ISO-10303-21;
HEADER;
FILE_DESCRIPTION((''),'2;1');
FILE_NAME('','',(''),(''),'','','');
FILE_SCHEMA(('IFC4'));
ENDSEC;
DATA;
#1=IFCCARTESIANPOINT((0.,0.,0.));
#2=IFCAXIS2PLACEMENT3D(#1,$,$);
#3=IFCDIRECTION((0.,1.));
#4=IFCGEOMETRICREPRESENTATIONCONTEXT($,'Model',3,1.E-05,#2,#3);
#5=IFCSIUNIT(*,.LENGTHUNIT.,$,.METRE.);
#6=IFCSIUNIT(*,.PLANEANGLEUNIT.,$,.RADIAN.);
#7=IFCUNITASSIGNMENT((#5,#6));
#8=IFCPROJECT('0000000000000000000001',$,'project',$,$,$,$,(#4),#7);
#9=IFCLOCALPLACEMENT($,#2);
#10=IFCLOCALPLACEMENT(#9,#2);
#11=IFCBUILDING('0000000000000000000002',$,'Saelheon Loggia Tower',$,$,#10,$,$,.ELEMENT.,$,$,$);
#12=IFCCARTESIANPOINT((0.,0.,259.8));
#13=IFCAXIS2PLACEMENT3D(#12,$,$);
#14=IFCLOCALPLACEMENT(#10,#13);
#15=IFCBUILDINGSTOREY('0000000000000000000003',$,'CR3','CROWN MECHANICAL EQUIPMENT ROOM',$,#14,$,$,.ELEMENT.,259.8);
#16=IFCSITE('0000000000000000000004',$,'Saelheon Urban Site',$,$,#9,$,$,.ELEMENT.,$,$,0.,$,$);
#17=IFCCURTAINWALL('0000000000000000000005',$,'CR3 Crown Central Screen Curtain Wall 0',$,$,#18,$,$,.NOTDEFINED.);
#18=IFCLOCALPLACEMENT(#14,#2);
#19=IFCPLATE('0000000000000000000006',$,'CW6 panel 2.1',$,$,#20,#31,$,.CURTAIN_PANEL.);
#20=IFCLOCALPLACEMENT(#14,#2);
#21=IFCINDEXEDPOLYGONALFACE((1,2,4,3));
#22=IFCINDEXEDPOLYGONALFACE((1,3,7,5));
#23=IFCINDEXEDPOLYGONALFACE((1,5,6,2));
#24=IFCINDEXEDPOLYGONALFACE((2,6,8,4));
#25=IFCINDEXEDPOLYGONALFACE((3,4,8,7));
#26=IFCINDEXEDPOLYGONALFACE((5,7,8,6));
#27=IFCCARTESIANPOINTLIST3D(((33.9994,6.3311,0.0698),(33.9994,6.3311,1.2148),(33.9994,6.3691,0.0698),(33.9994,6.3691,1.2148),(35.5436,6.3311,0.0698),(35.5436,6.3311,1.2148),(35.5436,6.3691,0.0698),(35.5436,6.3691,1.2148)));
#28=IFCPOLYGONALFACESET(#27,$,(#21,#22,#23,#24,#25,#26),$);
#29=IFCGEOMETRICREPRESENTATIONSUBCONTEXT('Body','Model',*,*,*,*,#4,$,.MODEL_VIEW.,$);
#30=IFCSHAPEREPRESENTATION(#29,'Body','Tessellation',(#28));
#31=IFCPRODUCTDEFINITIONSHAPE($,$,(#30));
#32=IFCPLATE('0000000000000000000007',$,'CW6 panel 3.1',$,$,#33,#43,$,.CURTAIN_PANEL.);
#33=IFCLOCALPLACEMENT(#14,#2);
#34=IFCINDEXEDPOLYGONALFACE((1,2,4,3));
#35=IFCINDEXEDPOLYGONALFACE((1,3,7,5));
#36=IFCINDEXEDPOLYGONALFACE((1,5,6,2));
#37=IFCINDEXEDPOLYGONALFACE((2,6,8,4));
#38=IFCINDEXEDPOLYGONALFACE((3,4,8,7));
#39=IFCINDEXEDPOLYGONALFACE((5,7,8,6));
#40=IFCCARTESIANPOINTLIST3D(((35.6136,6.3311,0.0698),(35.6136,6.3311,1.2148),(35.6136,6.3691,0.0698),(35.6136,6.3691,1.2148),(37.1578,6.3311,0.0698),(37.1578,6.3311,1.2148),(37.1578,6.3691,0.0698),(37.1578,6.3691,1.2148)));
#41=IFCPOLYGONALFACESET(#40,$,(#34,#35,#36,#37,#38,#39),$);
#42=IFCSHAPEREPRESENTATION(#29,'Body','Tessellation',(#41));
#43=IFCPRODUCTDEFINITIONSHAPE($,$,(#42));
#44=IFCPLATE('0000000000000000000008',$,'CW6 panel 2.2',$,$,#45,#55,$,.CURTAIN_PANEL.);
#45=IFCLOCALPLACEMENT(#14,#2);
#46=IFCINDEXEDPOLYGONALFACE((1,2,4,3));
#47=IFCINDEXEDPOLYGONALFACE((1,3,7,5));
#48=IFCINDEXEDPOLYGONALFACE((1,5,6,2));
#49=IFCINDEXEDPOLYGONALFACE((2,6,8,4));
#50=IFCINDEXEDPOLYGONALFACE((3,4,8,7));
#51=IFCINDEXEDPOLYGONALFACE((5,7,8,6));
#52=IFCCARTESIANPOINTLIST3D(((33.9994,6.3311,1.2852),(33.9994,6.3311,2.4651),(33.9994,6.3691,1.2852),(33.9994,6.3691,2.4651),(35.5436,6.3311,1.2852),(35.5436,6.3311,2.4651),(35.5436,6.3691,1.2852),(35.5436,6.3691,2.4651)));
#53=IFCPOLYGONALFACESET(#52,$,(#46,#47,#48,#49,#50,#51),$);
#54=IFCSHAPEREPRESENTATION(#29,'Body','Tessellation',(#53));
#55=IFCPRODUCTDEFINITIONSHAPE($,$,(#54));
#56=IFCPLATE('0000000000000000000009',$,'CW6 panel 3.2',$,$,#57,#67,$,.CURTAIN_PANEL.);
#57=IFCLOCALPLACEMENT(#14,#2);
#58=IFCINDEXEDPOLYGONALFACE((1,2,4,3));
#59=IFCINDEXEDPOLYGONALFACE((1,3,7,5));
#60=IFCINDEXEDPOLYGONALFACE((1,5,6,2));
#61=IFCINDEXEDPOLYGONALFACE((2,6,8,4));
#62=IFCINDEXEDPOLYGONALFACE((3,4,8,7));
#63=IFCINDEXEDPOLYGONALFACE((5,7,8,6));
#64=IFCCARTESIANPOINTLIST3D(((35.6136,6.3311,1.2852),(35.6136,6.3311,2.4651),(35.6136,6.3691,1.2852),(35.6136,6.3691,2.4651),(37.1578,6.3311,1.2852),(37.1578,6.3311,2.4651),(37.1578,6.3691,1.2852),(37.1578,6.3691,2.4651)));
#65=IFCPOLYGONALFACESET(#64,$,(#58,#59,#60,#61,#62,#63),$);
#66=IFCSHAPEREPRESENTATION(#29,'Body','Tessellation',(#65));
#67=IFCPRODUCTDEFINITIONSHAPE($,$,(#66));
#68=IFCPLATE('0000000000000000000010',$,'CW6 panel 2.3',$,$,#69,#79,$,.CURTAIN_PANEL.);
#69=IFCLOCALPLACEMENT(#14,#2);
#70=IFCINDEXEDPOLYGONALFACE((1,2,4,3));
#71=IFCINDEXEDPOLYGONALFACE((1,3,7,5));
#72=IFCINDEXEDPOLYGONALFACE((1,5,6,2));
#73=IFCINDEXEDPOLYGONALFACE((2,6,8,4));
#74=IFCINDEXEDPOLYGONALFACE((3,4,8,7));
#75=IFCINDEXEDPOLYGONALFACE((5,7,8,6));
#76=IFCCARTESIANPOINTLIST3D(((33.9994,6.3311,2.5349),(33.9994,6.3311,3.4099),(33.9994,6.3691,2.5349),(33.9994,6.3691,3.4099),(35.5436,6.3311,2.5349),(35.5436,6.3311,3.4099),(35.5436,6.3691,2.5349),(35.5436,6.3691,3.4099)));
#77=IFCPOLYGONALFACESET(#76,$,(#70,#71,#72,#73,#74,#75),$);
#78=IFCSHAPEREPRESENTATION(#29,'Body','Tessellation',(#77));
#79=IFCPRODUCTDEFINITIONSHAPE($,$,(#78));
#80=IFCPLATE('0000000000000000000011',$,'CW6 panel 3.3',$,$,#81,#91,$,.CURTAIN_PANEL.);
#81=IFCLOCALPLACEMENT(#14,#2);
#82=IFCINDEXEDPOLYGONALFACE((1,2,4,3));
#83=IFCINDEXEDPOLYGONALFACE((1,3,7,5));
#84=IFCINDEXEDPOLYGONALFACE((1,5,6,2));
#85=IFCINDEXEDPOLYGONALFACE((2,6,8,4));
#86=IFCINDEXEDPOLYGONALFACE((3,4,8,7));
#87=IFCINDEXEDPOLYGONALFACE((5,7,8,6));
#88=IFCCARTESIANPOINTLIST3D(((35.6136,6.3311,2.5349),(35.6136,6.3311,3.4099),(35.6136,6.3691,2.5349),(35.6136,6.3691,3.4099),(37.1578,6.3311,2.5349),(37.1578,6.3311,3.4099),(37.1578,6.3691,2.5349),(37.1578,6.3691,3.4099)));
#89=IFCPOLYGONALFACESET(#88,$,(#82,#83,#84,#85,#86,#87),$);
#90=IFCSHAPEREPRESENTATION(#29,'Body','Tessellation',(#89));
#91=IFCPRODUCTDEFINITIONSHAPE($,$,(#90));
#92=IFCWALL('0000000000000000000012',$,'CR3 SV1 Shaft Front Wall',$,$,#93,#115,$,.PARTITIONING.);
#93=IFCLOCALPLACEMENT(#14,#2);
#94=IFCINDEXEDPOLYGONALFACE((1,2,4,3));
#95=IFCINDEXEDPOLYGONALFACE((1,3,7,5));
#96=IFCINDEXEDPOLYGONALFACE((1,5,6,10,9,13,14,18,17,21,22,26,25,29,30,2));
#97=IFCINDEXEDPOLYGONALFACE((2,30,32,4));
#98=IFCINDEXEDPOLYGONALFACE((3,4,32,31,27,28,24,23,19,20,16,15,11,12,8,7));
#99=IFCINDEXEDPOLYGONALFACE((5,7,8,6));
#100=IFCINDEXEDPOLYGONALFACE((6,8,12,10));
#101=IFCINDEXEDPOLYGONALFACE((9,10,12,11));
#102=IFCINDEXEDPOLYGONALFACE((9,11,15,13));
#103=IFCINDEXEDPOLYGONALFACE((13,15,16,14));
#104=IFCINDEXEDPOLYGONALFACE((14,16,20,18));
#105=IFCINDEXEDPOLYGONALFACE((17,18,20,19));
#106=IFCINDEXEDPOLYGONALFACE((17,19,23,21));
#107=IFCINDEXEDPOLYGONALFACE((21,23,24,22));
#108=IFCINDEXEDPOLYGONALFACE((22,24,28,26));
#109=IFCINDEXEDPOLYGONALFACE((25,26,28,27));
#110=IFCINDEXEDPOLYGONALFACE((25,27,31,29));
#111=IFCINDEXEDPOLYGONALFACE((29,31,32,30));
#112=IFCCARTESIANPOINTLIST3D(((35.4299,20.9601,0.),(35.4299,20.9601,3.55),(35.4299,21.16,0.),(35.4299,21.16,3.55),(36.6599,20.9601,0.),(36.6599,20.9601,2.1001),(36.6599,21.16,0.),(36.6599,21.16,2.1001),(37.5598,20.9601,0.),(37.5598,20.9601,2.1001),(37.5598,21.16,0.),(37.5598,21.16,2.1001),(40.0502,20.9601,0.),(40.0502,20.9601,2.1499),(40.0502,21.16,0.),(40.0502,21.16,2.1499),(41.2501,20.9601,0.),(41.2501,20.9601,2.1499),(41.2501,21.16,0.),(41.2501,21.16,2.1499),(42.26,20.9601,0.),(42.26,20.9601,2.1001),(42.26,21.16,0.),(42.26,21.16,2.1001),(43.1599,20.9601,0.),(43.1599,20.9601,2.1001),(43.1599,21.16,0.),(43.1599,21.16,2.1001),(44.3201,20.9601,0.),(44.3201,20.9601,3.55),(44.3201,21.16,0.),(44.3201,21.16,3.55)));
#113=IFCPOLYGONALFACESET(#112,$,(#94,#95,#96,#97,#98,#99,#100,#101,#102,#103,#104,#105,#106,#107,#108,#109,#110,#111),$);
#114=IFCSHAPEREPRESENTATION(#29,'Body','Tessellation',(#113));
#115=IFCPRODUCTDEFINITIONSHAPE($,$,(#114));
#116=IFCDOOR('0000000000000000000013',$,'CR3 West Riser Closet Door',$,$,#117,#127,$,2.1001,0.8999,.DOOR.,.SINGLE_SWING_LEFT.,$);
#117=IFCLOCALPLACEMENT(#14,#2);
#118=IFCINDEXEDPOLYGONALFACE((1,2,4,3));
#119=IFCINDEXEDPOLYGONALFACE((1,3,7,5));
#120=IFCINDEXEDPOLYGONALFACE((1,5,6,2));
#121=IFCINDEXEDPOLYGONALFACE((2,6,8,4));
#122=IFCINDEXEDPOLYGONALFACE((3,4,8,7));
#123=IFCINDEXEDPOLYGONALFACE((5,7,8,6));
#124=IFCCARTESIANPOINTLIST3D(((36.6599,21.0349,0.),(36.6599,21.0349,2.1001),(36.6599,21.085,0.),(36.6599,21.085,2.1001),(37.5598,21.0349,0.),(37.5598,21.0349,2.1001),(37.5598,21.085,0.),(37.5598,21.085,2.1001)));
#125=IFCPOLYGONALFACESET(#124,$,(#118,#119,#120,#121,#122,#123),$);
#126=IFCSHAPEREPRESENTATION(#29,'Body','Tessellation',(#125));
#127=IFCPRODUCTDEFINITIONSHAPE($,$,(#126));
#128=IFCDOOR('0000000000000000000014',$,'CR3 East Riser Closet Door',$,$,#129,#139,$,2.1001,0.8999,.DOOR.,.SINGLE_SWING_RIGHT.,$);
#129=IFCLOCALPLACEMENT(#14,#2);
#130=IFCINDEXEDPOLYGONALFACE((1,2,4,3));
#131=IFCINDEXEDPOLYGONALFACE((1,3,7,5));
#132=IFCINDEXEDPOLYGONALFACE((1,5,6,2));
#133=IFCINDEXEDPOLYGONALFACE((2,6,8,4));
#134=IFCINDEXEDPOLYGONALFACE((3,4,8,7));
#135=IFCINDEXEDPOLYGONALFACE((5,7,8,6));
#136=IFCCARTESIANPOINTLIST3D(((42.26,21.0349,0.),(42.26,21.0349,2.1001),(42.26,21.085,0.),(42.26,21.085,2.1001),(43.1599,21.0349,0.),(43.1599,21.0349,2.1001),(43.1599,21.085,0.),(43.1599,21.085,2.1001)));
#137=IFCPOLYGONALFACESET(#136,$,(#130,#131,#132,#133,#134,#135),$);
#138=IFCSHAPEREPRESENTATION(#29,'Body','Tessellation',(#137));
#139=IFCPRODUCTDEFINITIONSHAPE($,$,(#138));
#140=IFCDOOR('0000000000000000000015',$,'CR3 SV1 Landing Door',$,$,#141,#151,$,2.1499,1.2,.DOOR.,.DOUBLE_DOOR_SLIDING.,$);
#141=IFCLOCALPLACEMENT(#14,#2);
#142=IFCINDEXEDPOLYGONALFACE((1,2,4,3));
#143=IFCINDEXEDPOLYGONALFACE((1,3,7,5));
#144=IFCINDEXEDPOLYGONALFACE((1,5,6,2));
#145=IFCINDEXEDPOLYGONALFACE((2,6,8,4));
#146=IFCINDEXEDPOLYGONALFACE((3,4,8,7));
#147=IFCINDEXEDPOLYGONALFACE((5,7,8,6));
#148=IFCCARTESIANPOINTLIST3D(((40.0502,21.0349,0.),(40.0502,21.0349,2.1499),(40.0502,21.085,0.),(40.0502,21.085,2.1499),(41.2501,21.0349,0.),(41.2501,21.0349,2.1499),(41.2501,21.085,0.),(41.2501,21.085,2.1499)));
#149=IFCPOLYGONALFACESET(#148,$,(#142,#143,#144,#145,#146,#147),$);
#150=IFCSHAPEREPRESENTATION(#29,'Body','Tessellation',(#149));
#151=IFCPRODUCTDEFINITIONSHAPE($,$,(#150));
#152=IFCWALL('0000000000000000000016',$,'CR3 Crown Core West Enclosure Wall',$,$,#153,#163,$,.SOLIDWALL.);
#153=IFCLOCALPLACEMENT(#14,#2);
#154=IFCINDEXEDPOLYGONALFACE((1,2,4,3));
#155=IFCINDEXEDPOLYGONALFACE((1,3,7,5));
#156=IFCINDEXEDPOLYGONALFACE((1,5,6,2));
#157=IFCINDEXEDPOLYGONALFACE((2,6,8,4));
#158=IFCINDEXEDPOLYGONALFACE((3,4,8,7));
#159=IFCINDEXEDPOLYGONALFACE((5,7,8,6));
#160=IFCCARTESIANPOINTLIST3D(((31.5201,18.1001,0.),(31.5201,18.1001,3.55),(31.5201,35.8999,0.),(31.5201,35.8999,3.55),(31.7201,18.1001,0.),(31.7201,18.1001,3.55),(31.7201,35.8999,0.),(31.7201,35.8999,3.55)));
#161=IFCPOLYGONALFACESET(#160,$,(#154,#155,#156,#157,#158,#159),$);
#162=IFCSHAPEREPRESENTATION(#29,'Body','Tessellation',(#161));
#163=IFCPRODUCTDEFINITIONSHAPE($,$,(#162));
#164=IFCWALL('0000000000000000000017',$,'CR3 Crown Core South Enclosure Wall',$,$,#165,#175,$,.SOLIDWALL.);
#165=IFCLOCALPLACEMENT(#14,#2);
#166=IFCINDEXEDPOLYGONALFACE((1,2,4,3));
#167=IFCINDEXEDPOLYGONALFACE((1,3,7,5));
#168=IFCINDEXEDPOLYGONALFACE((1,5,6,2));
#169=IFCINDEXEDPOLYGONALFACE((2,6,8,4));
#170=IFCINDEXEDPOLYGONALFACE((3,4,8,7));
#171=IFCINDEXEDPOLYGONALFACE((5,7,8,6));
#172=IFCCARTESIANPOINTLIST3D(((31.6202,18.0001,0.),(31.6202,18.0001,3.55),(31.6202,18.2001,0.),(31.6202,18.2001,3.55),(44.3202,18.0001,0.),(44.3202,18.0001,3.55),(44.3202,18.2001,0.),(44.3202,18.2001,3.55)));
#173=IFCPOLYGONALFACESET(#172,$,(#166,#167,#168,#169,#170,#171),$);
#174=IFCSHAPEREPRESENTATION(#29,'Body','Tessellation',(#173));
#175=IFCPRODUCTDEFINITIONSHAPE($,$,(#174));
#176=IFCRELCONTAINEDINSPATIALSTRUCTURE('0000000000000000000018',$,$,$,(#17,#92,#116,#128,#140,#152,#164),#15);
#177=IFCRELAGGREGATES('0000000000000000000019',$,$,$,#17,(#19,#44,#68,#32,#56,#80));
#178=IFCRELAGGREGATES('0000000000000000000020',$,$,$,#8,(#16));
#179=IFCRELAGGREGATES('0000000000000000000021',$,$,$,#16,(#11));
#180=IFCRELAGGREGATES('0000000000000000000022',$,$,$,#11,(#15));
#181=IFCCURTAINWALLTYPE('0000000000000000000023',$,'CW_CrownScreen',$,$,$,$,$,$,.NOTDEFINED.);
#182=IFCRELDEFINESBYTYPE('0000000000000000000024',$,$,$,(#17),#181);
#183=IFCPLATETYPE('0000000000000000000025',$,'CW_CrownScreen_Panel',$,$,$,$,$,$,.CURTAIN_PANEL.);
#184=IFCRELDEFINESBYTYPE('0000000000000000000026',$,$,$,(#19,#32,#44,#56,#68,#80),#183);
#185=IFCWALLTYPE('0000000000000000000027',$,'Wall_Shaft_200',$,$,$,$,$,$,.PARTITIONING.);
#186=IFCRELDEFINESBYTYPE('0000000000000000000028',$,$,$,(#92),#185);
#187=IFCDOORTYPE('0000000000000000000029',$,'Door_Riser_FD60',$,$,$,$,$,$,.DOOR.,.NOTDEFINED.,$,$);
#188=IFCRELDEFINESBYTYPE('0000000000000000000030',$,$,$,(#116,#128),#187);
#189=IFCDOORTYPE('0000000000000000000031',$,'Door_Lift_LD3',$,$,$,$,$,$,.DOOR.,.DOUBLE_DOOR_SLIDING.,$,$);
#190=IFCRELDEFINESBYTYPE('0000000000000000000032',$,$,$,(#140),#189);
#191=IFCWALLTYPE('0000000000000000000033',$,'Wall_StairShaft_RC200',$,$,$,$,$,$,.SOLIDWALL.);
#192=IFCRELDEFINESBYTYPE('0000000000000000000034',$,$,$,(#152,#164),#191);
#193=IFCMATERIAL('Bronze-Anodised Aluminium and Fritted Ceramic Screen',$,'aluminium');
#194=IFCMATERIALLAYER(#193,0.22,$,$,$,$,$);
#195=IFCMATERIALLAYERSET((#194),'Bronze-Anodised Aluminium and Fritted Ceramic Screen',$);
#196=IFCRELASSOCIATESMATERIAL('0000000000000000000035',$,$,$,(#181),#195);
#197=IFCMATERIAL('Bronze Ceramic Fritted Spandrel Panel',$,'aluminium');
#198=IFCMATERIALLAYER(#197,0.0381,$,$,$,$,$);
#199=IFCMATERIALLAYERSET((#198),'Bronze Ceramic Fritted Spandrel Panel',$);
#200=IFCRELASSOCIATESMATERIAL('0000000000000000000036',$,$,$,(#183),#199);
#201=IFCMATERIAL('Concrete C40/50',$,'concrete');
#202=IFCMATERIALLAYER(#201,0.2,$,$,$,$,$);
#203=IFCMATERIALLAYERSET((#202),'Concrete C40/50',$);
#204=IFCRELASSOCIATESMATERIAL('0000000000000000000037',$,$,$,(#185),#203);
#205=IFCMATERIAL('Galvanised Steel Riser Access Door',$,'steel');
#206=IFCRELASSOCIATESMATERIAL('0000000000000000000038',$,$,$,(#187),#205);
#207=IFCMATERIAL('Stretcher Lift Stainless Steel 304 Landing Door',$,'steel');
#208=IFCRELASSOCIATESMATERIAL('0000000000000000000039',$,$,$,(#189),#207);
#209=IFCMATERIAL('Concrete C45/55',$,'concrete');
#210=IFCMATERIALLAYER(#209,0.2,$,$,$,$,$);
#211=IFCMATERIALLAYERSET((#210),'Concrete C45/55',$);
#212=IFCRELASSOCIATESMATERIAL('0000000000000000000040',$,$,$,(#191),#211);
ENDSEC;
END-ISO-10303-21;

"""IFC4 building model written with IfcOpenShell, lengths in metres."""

from ifc_helpers import new_model, si_unit, direction, frame, frame_2d, origin, origin_2d, place, context, subcontext, project, spatial, rectangle, extrude, source, transform, mapped, material, layer, layer_set, type_object, element, fill, aggregate, save


model = new_model("IFC4")

# Units and contexts
model_context = context("Model", 3, precision=1e-05, world=origin(), true_north=direction((0.0, 1.0)))
body_context = subcontext(model_context, "Body", "Model", "MODEL_VIEW")
ifc_project = project(units=[si_unit("LENGTHUNIT", "METRE"), si_unit("PLANEANGLEUNIT", "RADIAN")], contexts=[model_context])

# Site, building, storey
site_placement = place(None, origin())
site = spatial("IfcSite", under=ifc_project, at=site_placement, Name="Saelheon Urban Site", CompositionType="ELEMENT", RefElevation=0.0)
building_placement = place(site_placement, origin())
building = spatial("IfcBuilding", under=site, at=building_placement, Name="Saelheon Loggia Tower", CompositionType="ELEMENT")
storey_placement = place(building_placement, frame((0.0, 0.0, 259.8)))
storey = spatial("IfcBuildingStorey", under=building, at=storey_placement, Name="CR3", Description="CROWN MECHANICAL EQUIPMENT ROOM", CompositionType="ELEMENT", Elevation=259.8)

# Curtain wall, plates
ifc_material_1 = material(Name="Bronze-Anodised Aluminium and Fritted Ceramic Screen", Category="aluminium")
ifc_layer_1 = layer(ifc_material_1, 0.22)
ifc_layer_set_1 = layer_set([ifc_layer_1], Name="Bronze-Anodised Aluminium and Fritted Ceramic Screen")
curtain_wall_type = type_object("IfcCurtainWallType", Name="CW_CrownScreen", PredefinedType="NOTDEFINED", material=ifc_layer_set_1)
curtain_wall_placement = place(storey_placement, origin())
curtain_wall = element("IfcCurtainWall", 1, at=curtain_wall_placement, inside=storey, type_object=curtain_wall_type, Name="CR3 Crown Central Screen Curtain Wall 0", PredefinedType="NOTDEFINED")
ifc_material_2 = material(Name="Bronze Ceramic Fritted Spandrel Panel", Category="aluminium")
ifc_layer_2 = layer(ifc_material_2, 0.0381)
ifc_layer_set_2 = layer_set([ifc_layer_2], Name="Bronze Ceramic Fritted Spandrel Panel")
plate_type = type_object("IfcPlateType", Name="CW_CrownScreen_Panel", PredefinedType="CURTAIN_PANEL", material=ifc_layer_set_2)
shared_shape_1 = source(origin(), body_context, "Body", "SweptSolid", [
    extrude(rectangle(XDim=1.5442, YDim=0.0381, at=origin_2d()), origin(), (0.0, 0.0, 1.0), 1.145),
])
plate_1_placement = place(storey_placement, frame((34.7715, 6.3501, 0.0698), z_axis=(0.0, 0.0, 1.0), x_axis=(1.0, 0.0, 0.0)))
plate_1 = element("IfcPlate", 2, at=plate_1_placement, type_object=plate_type, Name="CW6 panel 2.1", PredefinedType="CURTAIN_PANEL", context=body_context, shape_type="MappedRepresentation", body=[
    mapped(shared_shape_1, transform((0.0, 0.0, 0.0), scale=1.0)),
])
plate_2_placement = place(storey_placement, frame((36.3857, 6.3501, 0.0698), z_axis=(0.0, 0.0, 1.0), x_axis=(1.0, 0.0, 0.0)))
plate_2 = element("IfcPlate", 3, at=plate_2_placement, type_object=plate_type, Name="CW6 panel 3.1", PredefinedType="CURTAIN_PANEL", context=body_context, shape_type="MappedRepresentation", body=[
    mapped(shared_shape_1, transform((0.0, 0.0, 0.0), scale=1.0)),
])
shared_shape_2 = source(origin(), body_context, "Body", "SweptSolid", [
    extrude(rectangle(XDim=1.5442, YDim=0.0381, at=origin_2d()), origin(), (0.0, 0.0, 1.0), 1.1799),
])
plate_3_placement = place(storey_placement, frame((34.7715, 6.3501, 1.2852), z_axis=(0.0, 0.0, 1.0), x_axis=(1.0, 0.0, 0.0)))
plate_3 = element("IfcPlate", 4, at=plate_3_placement, type_object=plate_type, Name="CW6 panel 2.2", PredefinedType="CURTAIN_PANEL", context=body_context, shape_type="MappedRepresentation", body=[
    mapped(shared_shape_2, transform((0.0, 0.0, 0.0), scale=1.0)),
])
plate_4_placement = place(storey_placement, frame((36.3857, 6.3501, 1.2852), z_axis=(0.0, 0.0, 1.0), x_axis=(1.0, 0.0, 0.0)))
plate_4 = element("IfcPlate", 5, at=plate_4_placement, type_object=plate_type, Name="CW6 panel 3.2", PredefinedType="CURTAIN_PANEL", context=body_context, shape_type="MappedRepresentation", body=[
    mapped(shared_shape_2, transform((0.0, 0.0, 0.0), scale=1.0)),
])
shared_shape_3 = source(origin(), body_context, "Body", "SweptSolid", [
    extrude(rectangle(XDim=1.5442, YDim=0.0381, at=origin_2d()), origin(), (0.0, 0.0, 1.0), 0.875),
])
plate_5_placement = place(storey_placement, frame((34.7715, 6.3501, 2.5349), z_axis=(0.0, 0.0, 1.0), x_axis=(1.0, 0.0, 0.0)))
plate_5 = element("IfcPlate", 6, at=plate_5_placement, type_object=plate_type, Name="CW6 panel 2.3", PredefinedType="CURTAIN_PANEL", context=body_context, shape_type="MappedRepresentation", body=[
    mapped(shared_shape_3, transform((0.0, 0.0, 0.0), scale=1.0)),
])
plate_6_placement = place(storey_placement, frame((36.3857, 6.3501, 2.5349), z_axis=(0.0, 0.0, 1.0), x_axis=(1.0, 0.0, 0.0)))
plate_6 = element("IfcPlate", 7, at=plate_6_placement, type_object=plate_type, Name="CW6 panel 3.3", PredefinedType="CURTAIN_PANEL", context=body_context, shape_type="MappedRepresentation", body=[
    mapped(shared_shape_3, transform((0.0, 0.0, 0.0), scale=1.0)),
])
aggregate(curtain_wall, [plate_1, plate_3, plate_5, plate_2, plate_4, plate_6])

# Wall, openings, doors
ifc_material_3 = material(Name="Concrete C40/50", Category="concrete")
ifc_layer_3 = layer(ifc_material_3, 0.2)
ifc_layer_set_3 = layer_set([ifc_layer_3], Name="Concrete C40/50")
wall_type_1 = type_object("IfcWallType", Name="Wall_Shaft_200", PredefinedType="PARTITIONING", material=ifc_layer_set_3)
wall_1_placement = place(storey_placement, frame((35.4299, 21.0601, 0.0), z_axis=(0.0, 0.0, 1.0), x_axis=(1.0, 0.0, 0.0)))
wall_1 = element("IfcWall", 8, at=wall_1_placement, inside=storey, type_object=wall_type_1, Name="CR3 SV1 Shaft Front Wall", PredefinedType="PARTITIONING", context=body_context, shape_type="SweptSolid", body=[
    extrude(rectangle(XDim=8.8901, YDim=0.2, at=frame_2d((4.4451, 0.0))), origin(), (0.0, 0.0, 1.0), 3.55),
])
opening_1_placement = place(wall_1_placement, frame((1.23, 0.0, 0.0)))
opening_1 = element("IfcOpeningElement", 9, at=opening_1_placement, cuts=wall_1, PredefinedType="OPENING", context=body_context, shape_type="SweptSolid", body=[
    extrude(rectangle(XDim=0.8999, YDim=2.1001, at=frame_2d((0.45, 1.05))), frame((0.0, 0.1121, 0.0), z_axis=(0.0, -1.0, 0.0), x_axis=(1.0, 0.0, 0.0)), (0.0, 0.0, 1.0), 0.2239),
])
opening_2_placement = place(wall_1_placement, frame((4.6201, 0.0, 0.0)))
opening_2 = element("IfcOpeningElement", 10, at=opening_2_placement, cuts=wall_1, PredefinedType="OPENING", context=body_context, shape_type="SweptSolid", body=[
    extrude(rectangle(XDim=1.2, YDim=2.1499, at=frame_2d((0.6001, 1.075))), frame((0.0, 0.1121, 0.0), z_axis=(0.0, -1.0, 0.0), x_axis=(1.0, 0.0, 0.0)), (0.0, 0.0, 1.0), 0.2239),
])
opening_3_placement = place(wall_1_placement, frame((6.8301, 0.0, 0.0)))
opening_3 = element("IfcOpeningElement", 11, at=opening_3_placement, cuts=wall_1, PredefinedType="OPENING", context=body_context, shape_type="SweptSolid", body=[
    extrude(rectangle(XDim=0.8999, YDim=2.1001, at=frame_2d((0.45, 1.05))), frame((0.0, 0.1121, 0.0), z_axis=(0.0, -1.0, 0.0), x_axis=(1.0, 0.0, 0.0)), (0.0, 0.0, 1.0), 0.2239),
])
ifc_material_4 = material(Name="Galvanised Steel Riser Access Door", Category="steel")
door_type_1 = type_object("IfcDoorType", Name="Door_Riser_FD60", OperationType="NOTDEFINED", PredefinedType="DOOR", material=ifc_material_4)
shared_shape_4 = source(origin(), body_context, "Body", "SweptSolid", [
    extrude(rectangle(XDim=0.8999, YDim=2.1001, at=frame_2d((0.45, 1.05))), frame((0.0, 0.0249, 0.0), z_axis=(0.0, -1.0, 0.0), x_axis=(1.0, 0.0, 0.0)), (0.0, 0.0, 1.0), 0.05),
])
door_1_placement = place(opening_1_placement, origin())
door_1 = element("IfcDoor", 12, at=door_1_placement, inside=storey, type_object=door_type_1, Name="CR3 West Riser Closet Door", OperationType="SINGLE_SWING_LEFT", OverallHeight=2.1001, OverallWidth=0.8999, PredefinedType="DOOR", context=body_context, shape_type="MappedRepresentation", body=[
    mapped(shared_shape_4, transform((0.0, 0.0, 0.0), scale=1.0)),
])
fill(opening_1, door_1)
door_2_placement = place(opening_3_placement, origin())
door_2 = element("IfcDoor", 13, at=door_2_placement, inside=storey, type_object=door_type_1, Name="CR3 East Riser Closet Door", OperationType="SINGLE_SWING_RIGHT", OverallHeight=2.1001, OverallWidth=0.8999, PredefinedType="DOOR", context=body_context, shape_type="MappedRepresentation", body=[
    mapped(shared_shape_4, transform((0.0, 0.0, 0.0), scale=1.0)),
])
fill(opening_3, door_2)
ifc_material_5 = material(Name="Stretcher Lift Stainless Steel 304 Landing Door", Category="steel")
door_type_2 = type_object("IfcDoorType", Name="Door_Lift_LD3", OperationType="DOUBLE_DOOR_SLIDING", PredefinedType="DOOR", material=ifc_material_5)
shared_shape_5 = source(origin(), body_context, "Body", "SweptSolid", [
    extrude(rectangle(XDim=1.2, YDim=2.1499, at=frame_2d((0.6001, 1.075))), frame((0.0, 0.0249, 0.0), z_axis=(0.0, -1.0, 0.0), x_axis=(1.0, 0.0, 0.0)), (0.0, 0.0, 1.0), 0.05),
])
door_3_placement = place(opening_2_placement, origin())
door_3 = element("IfcDoor", 14, at=door_3_placement, inside=storey, type_object=door_type_2, Name="CR3 SV1 Landing Door", OperationType="DOUBLE_DOOR_SLIDING", OverallHeight=2.1499, OverallWidth=1.2, PredefinedType="DOOR", context=body_context, shape_type="MappedRepresentation", body=[
    mapped(shared_shape_5, transform((0.0, 0.0, 0.0), scale=1.0)),
])
fill(opening_2, door_3)

# Walls
ifc_material_6 = material(Name="Concrete C45/55", Category="concrete")
ifc_layer_4 = layer(ifc_material_6, 0.2)
ifc_layer_set_4 = layer_set([ifc_layer_4], Name="Concrete C45/55")
wall_type_2 = type_object("IfcWallType", Name="Wall_StairShaft_RC200", PredefinedType="SOLIDWALL", material=ifc_layer_set_4)
wall_2_placement = place(storey_placement, frame((31.6201, 18.1001, 0.0), z_axis=(0.0, 0.0, 1.0), x_axis=(0.0, 1.0, 0.0)))
element("IfcWall", 15, at=wall_2_placement, inside=storey, type_object=wall_type_2, Name="CR3 Crown Core West Enclosure Wall", PredefinedType="SOLIDWALL", context=body_context, shape_type="SweptSolid", body=[
    extrude(rectangle(XDim=17.7998, YDim=0.2, at=frame_2d((8.8999, 0.0))), origin(), (0.0, 0.0, 1.0), 3.55),
])
wall_3_placement = place(storey_placement, frame((31.6201, 18.1001, 0.0), z_axis=(0.0, 0.0, 1.0), x_axis=(1.0, 0.0, 0.0)))
element("IfcWall", 16, at=wall_3_placement, inside=storey, type_object=wall_type_2, Name="CR3 Crown Core South Enclosure Wall", PredefinedType="SOLIDWALL", context=body_context, shape_type="SweptSolid", body=[
    extrude(rectangle(XDim=12.7, YDim=0.2, at=frame_2d((6.3501, 0.0))), origin(), (0.0, 0.0, 1.0), 3.55),
])

save(model, "model.ifc")
